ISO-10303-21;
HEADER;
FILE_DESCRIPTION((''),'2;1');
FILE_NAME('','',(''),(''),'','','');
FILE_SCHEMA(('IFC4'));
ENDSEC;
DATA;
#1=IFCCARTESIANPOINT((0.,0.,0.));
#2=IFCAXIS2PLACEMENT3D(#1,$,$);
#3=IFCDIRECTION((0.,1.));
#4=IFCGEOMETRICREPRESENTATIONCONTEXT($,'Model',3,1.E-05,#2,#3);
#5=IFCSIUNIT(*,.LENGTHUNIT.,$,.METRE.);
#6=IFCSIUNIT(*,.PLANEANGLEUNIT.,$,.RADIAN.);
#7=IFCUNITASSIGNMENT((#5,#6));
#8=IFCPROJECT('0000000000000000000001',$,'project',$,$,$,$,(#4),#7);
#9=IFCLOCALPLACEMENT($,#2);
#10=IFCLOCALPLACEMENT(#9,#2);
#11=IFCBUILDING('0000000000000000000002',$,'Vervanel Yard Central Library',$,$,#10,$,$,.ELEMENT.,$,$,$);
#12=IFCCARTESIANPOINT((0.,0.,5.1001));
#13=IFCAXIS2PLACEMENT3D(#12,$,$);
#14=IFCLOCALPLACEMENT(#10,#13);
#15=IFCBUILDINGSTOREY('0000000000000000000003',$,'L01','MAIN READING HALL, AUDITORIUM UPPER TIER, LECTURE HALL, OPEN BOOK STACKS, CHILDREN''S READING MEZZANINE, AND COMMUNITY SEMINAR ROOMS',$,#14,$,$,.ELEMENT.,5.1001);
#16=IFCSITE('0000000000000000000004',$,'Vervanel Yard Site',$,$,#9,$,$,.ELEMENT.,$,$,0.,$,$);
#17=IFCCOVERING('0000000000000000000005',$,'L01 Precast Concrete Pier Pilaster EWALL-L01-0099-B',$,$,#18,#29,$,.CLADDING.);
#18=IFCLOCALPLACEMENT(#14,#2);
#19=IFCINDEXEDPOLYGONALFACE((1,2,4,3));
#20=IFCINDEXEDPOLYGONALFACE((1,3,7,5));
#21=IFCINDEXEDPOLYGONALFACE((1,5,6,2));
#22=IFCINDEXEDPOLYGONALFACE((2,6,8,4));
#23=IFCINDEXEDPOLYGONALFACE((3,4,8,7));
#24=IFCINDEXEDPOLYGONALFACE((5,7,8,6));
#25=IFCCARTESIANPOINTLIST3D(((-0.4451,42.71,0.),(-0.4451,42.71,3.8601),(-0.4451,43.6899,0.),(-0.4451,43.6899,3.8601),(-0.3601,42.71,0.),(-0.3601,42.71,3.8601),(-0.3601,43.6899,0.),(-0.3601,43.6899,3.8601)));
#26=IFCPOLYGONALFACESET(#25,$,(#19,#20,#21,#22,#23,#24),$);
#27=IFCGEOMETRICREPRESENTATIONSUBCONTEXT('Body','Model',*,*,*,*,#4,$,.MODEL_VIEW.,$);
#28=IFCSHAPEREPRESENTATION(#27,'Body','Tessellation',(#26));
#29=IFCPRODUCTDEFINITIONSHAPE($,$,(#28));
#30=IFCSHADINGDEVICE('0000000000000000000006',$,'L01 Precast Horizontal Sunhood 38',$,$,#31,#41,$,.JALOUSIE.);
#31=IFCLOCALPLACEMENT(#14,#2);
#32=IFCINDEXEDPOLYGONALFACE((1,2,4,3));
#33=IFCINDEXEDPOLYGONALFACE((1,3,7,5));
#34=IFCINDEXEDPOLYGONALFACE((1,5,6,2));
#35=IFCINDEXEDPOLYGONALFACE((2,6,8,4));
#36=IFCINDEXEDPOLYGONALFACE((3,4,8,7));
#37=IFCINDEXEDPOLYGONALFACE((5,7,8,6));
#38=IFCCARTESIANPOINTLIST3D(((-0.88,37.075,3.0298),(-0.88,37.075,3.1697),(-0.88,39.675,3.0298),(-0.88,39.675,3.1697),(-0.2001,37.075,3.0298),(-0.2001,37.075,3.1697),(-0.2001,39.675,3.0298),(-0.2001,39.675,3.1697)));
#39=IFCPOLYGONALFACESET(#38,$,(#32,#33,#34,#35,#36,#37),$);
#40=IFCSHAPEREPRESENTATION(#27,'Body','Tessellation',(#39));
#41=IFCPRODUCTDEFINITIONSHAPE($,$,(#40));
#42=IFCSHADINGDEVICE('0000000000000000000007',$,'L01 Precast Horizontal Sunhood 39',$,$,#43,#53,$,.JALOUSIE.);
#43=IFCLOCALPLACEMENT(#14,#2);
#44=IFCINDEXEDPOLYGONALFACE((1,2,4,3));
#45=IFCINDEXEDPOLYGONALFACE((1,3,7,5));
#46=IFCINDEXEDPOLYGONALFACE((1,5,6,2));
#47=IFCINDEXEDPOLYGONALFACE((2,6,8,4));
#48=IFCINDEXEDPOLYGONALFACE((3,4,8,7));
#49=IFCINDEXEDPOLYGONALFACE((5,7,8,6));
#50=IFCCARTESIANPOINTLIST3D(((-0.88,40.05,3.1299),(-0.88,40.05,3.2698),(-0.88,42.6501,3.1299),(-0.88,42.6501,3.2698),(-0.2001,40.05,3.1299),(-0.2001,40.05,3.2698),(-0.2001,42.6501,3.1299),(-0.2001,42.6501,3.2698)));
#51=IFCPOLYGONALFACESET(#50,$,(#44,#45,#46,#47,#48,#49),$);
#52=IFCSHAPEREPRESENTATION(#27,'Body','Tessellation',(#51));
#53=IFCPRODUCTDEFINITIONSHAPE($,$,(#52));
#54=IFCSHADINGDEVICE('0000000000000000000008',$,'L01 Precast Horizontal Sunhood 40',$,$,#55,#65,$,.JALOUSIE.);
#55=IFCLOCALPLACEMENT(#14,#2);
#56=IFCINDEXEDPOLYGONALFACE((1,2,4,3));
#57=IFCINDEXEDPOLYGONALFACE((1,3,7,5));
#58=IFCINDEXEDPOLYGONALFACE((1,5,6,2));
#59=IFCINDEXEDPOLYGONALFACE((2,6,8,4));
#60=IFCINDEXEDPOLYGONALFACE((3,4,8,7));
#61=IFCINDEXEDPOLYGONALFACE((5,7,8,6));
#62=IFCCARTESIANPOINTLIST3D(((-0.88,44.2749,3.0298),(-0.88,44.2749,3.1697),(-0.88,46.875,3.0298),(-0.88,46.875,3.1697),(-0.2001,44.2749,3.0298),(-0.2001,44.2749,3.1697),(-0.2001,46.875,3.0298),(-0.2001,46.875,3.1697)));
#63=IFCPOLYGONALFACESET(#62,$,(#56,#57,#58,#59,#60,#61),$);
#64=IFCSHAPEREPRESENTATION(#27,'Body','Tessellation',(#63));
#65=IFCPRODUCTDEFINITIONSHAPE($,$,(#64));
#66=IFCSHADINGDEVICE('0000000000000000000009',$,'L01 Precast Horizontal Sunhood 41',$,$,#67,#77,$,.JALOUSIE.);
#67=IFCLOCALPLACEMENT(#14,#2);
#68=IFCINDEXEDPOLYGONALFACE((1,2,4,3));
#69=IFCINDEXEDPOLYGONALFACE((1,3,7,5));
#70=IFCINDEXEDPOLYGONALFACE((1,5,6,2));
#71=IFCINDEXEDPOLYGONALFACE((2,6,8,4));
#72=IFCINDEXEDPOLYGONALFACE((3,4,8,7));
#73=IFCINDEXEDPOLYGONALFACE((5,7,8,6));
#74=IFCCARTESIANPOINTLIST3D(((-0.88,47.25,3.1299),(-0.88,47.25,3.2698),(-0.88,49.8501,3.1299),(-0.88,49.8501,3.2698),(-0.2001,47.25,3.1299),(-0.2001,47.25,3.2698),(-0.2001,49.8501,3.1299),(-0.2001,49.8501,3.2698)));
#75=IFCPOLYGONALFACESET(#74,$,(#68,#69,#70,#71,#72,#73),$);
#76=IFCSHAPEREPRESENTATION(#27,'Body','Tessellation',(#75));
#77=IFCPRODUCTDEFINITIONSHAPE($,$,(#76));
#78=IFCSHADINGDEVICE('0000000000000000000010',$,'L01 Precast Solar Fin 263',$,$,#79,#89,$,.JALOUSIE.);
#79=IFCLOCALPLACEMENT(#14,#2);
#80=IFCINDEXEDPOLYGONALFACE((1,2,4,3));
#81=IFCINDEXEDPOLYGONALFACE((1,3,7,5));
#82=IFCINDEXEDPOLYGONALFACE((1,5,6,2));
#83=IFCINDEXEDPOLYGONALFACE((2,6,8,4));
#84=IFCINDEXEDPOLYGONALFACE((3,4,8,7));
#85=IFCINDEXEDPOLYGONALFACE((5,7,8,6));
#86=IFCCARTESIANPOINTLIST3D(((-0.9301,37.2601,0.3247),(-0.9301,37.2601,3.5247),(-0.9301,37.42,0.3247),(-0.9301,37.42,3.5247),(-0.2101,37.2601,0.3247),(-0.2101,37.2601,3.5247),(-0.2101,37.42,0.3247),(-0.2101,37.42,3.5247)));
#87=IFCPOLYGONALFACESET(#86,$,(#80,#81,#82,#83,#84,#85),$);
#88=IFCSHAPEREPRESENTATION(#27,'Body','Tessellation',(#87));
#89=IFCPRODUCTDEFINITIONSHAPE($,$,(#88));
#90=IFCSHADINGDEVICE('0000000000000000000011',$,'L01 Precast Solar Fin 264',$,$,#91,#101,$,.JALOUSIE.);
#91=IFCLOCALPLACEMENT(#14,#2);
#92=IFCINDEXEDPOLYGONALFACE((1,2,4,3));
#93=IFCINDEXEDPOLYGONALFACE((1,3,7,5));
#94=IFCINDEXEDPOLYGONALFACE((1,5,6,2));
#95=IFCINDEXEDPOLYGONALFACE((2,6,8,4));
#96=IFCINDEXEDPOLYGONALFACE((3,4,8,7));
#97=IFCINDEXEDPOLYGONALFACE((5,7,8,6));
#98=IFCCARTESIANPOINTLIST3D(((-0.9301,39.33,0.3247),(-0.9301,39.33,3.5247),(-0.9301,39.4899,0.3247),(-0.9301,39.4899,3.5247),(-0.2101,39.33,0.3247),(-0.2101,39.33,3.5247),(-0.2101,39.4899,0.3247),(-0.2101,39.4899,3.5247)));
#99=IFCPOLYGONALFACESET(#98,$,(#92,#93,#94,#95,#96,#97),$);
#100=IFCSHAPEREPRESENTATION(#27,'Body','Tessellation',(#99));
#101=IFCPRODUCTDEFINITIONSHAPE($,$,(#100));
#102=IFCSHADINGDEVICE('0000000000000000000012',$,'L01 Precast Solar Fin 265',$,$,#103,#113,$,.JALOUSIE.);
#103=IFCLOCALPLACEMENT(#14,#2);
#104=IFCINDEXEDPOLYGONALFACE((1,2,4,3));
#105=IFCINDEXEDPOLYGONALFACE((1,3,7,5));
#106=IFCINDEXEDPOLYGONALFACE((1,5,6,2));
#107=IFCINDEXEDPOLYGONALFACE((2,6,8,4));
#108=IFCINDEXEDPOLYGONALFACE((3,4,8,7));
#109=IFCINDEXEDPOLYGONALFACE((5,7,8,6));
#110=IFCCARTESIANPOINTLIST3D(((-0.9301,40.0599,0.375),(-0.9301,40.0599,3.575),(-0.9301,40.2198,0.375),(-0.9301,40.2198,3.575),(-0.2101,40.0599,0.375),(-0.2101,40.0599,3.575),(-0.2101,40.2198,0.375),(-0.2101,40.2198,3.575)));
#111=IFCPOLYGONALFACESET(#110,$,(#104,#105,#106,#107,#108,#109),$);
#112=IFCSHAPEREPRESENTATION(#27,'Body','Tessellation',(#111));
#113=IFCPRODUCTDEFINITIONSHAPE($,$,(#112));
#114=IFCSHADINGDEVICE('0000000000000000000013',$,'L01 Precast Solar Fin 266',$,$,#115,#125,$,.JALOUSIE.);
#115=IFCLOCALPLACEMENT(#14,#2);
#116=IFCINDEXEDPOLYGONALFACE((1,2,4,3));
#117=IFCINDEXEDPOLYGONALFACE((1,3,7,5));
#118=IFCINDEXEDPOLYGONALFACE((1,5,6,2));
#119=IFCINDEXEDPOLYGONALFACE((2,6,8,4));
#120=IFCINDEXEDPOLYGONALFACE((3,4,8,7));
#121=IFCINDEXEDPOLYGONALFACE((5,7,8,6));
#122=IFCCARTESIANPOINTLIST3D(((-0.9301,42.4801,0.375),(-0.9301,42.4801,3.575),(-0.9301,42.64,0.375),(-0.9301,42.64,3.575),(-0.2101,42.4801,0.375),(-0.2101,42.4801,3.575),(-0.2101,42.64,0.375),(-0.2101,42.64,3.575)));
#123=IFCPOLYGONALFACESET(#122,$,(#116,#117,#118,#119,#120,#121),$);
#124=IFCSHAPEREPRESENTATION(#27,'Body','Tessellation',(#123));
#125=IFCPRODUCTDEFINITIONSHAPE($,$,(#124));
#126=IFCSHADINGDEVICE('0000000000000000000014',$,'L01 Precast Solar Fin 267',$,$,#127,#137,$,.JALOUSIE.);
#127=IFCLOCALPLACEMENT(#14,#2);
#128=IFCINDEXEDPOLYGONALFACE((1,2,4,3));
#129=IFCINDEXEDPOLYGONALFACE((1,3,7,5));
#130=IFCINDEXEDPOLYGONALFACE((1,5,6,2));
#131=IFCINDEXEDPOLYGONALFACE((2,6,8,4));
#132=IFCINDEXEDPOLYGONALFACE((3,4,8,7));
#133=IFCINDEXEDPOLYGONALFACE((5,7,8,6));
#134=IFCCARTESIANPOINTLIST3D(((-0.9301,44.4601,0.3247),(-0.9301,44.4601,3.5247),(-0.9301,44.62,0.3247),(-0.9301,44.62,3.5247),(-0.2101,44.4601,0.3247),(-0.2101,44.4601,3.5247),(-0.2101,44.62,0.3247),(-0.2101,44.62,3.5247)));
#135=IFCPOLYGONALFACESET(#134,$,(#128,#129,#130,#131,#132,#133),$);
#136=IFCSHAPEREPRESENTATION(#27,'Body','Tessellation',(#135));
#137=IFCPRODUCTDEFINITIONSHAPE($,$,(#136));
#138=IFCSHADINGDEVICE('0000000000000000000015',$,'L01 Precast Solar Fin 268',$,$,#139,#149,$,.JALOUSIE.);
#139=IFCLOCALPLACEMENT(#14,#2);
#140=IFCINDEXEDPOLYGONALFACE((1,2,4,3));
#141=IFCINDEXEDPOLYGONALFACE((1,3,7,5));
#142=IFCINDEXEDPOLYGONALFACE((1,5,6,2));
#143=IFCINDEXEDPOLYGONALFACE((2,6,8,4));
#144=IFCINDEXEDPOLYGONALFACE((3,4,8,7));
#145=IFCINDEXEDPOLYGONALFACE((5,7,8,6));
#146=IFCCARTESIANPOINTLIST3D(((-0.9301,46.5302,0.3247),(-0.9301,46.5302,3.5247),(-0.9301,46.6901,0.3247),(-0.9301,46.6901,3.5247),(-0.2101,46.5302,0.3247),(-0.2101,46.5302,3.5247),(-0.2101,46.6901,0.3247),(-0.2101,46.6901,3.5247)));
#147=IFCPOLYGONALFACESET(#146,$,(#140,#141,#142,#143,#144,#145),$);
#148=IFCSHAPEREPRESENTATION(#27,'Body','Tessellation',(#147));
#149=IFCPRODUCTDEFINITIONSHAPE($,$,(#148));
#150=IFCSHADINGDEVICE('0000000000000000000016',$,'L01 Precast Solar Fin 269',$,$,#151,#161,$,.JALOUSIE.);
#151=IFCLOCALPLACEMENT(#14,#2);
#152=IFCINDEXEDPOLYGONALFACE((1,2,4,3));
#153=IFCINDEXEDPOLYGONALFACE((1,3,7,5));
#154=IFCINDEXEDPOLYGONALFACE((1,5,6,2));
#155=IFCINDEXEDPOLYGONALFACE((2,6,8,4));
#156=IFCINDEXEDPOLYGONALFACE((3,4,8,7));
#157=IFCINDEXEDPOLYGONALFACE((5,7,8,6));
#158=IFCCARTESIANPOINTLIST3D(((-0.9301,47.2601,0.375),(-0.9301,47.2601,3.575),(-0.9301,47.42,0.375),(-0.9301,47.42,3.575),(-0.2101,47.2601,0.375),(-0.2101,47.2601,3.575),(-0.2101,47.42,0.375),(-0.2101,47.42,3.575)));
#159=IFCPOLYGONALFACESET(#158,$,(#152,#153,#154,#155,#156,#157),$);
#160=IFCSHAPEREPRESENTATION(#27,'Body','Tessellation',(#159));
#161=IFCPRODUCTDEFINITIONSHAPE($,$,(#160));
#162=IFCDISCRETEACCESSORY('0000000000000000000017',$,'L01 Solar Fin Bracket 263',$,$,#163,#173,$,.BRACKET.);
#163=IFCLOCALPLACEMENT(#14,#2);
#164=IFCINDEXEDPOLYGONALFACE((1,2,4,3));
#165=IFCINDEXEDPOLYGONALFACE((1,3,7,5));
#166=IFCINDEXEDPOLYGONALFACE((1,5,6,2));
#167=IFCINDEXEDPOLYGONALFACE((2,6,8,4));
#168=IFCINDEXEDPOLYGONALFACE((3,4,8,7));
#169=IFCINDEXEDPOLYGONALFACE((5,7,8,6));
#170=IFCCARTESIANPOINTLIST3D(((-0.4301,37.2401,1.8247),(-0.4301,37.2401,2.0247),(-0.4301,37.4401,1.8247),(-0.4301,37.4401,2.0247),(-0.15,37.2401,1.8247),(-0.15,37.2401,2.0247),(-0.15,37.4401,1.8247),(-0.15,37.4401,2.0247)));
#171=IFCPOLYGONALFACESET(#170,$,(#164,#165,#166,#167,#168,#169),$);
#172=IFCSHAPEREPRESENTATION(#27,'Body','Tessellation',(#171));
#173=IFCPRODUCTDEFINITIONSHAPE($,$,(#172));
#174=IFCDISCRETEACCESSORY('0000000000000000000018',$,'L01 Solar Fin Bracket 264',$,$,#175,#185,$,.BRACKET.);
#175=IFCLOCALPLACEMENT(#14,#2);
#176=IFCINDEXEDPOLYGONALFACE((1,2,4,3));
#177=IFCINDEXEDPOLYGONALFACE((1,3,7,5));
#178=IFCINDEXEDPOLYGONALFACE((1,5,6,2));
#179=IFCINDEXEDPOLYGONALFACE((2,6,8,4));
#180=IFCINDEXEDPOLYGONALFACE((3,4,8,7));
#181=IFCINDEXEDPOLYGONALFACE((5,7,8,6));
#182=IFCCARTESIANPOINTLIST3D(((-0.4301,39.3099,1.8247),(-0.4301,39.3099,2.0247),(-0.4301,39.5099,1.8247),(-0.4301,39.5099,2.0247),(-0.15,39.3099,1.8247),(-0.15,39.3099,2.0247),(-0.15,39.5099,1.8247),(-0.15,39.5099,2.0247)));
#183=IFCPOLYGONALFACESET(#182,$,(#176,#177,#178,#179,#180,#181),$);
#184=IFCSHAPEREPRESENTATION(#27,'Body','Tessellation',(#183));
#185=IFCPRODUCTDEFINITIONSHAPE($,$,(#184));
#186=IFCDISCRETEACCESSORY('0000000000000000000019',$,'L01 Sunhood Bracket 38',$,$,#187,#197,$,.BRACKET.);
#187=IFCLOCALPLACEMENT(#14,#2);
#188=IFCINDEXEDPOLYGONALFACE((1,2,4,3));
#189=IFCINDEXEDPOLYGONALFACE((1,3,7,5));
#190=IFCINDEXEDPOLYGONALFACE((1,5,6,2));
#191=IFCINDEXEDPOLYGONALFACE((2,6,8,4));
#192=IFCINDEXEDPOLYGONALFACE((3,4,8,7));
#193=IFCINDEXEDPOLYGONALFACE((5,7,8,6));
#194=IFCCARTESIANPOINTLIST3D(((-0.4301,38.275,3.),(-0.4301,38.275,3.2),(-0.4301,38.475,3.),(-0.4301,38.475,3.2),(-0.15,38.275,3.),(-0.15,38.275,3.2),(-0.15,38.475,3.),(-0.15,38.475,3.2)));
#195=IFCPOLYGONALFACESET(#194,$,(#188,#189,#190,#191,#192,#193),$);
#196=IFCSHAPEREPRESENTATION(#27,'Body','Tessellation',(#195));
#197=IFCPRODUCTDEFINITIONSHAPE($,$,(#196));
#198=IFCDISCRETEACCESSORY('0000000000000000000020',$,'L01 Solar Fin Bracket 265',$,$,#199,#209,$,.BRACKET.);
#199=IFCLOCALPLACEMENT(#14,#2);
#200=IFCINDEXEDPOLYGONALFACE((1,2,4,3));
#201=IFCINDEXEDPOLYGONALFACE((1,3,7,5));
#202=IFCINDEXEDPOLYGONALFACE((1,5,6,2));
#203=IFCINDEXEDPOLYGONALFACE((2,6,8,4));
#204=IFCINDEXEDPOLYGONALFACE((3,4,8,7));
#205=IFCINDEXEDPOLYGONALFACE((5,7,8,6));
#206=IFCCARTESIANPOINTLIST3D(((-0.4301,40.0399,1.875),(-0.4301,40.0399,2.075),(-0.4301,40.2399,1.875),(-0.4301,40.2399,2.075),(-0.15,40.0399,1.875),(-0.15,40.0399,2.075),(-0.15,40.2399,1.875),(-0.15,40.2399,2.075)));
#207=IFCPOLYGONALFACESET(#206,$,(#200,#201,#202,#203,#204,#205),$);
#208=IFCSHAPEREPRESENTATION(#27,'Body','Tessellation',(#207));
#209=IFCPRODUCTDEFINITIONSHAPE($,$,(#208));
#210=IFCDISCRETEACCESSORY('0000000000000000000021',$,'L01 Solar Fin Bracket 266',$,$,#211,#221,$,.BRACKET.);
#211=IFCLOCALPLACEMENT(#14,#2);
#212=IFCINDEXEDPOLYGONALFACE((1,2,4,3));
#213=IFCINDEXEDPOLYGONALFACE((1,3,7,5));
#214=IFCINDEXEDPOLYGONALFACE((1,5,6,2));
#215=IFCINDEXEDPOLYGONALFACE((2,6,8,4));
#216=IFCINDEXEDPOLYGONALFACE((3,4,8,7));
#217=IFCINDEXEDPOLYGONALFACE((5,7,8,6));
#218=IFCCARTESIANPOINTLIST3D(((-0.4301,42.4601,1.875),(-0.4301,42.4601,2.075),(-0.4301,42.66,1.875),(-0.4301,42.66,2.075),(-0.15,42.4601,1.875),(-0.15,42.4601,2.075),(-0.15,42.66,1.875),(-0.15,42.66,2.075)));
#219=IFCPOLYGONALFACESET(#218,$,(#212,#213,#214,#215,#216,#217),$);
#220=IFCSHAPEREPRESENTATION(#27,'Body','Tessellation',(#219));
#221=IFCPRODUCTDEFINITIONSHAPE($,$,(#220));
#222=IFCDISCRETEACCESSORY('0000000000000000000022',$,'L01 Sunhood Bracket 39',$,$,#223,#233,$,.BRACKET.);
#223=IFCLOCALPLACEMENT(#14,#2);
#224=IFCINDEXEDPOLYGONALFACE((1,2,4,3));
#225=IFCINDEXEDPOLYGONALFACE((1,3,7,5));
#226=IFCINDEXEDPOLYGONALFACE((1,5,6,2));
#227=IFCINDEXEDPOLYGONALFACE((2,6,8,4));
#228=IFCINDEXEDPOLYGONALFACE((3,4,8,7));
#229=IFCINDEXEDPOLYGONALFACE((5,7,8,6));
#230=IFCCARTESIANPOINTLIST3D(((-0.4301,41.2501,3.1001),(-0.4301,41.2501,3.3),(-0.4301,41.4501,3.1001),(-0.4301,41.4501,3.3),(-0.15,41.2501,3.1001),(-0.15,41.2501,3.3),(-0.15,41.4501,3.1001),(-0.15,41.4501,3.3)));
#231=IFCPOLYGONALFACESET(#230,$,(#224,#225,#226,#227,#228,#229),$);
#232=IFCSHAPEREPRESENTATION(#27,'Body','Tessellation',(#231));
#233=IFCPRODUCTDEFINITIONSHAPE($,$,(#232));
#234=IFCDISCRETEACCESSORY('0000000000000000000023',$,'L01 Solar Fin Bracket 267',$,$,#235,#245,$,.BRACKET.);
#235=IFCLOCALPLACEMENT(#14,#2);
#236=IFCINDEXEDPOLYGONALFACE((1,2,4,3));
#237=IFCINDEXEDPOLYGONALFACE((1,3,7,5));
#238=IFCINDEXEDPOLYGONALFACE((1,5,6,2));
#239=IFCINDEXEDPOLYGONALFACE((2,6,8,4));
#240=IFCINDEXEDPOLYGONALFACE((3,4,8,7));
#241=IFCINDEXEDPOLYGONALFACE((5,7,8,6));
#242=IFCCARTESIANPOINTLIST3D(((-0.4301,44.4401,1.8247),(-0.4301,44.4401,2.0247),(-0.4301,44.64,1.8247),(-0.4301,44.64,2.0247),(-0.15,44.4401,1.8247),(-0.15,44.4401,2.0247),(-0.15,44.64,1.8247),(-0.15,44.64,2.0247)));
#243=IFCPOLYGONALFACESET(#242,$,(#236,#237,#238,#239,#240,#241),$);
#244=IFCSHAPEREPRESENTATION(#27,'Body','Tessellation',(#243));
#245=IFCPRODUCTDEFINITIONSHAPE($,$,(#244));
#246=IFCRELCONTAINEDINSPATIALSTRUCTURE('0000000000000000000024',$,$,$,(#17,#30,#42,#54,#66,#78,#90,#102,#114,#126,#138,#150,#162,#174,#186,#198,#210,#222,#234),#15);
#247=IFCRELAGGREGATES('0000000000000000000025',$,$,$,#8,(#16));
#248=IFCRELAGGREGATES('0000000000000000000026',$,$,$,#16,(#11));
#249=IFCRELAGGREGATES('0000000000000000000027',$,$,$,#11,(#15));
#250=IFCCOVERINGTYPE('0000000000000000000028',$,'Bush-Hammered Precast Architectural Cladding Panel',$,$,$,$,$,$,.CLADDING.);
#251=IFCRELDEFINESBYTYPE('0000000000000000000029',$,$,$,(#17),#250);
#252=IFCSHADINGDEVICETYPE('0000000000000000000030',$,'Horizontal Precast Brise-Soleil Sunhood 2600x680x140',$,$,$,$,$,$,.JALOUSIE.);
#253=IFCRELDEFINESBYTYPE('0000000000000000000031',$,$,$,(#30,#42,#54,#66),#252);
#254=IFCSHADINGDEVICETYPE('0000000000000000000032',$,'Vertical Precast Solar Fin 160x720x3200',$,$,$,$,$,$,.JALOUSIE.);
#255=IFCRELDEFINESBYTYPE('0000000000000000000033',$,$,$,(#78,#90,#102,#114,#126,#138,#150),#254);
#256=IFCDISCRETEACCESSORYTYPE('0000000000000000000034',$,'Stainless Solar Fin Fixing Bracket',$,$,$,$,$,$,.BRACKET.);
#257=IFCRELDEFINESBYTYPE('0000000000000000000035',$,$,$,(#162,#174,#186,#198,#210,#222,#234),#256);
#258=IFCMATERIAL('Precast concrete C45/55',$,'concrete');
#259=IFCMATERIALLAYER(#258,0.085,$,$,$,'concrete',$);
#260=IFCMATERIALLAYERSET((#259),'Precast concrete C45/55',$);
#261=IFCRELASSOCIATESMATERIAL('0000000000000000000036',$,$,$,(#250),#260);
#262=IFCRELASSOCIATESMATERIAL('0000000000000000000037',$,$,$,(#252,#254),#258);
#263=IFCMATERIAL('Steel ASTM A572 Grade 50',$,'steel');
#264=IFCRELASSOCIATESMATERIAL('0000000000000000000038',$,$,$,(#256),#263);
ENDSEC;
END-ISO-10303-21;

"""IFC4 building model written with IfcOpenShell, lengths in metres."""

from ifc_helpers import new_model, si_unit, direction, frame, origin, origin_2d, place, context, subcontext, project, spatial, rectangle, extrude, material, layer, layer_set, type_object, element, save


model = new_model("IFC4")

# Units and contexts
model_context = context("Model", 3, precision=1e-05, world=origin(), true_north=direction((0.0, 1.0)))
body_context = subcontext(model_context, "Body", "Model", "MODEL_VIEW")
ifc_project = project(units=[si_unit("LENGTHUNIT", "METRE"), si_unit("PLANEANGLEUNIT", "RADIAN")], contexts=[model_context])

# Site, building, storey
site_placement = place(None, origin())
site = spatial("IfcSite", under=ifc_project, at=site_placement, Name="Vervanel Yard Site", CompositionType="ELEMENT", RefElevation=0.0)
building_placement = place(site_placement, origin())
building = spatial("IfcBuilding", under=site, at=building_placement, Name="Vervanel Yard Central Library", CompositionType="ELEMENT")
storey_placement = place(building_placement, frame((0.0, 0.0, 5.1001)))
storey = spatial("IfcBuildingStorey", under=building, at=storey_placement, Name="L01", Description="MAIN READING HALL, AUDITORIUM UPPER TIER, LECTURE HALL, OPEN BOOK STACKS, CHILDREN'S READING MEZZANINE, AND COMMUNITY SEMINAR ROOMS", CompositionType="ELEMENT", Elevation=5.1001)

# Covering
ifc_material_1 = material(Name="Precast concrete C45/55", Category="concrete")
ifc_layer = layer(ifc_material_1, 0.085, Category="concrete")
ifc_layer_set = layer_set([ifc_layer], Name="Precast concrete C45/55")
covering_type = type_object("IfcCoveringType", Name="Bush-Hammered Precast Architectural Cladding Panel", PredefinedType="CLADDING", material=ifc_layer_set)
covering_placement = place(storey_placement, frame((-0.4026, 43.2, 0.0), z_axis=(0.0, 0.0, 1.0), x_axis=(0.0, 1.0, 0.0)))
element("IfcCovering", 1, at=covering_placement, inside=storey, type_object=covering_type, Name="L01 Precast Concrete Pier Pilaster EWALL-L01-0099-B", PredefinedType="CLADDING", context=body_context, shape_type="SweptSolid", body=[
    extrude(rectangle(XDim=0.98, YDim=0.085, at=origin_2d()), origin(), (0.0, 0.0, 1.0), 3.8601),
])

# Shading devices
shading_device_type_1 = type_object("IfcShadingDeviceType", Name="Horizontal Precast Brise-Soleil Sunhood 2600x680x140", PredefinedType="JALOUSIE", material=ifc_material_1)
for number, where, z_axis, x_axis, name in (
    (2, (-0.54, 38.375, 3.0298), (0.0, 0.0, 1.0), (0.0, 1.0, 0.0), "L01 Precast Horizontal Sunhood 38"),
    (3, (-0.54, 41.3501, 3.1299), (0.0, 0.0, 1.0), (0.0, 1.0, 0.0), "L01 Precast Horizontal Sunhood 39"),
    (4, (-0.54, 45.575, 3.0298), (0.0, 0.0, 1.0), (0.0, 1.0, 0.0), "L01 Precast Horizontal Sunhood 40"),
    (5, (-0.54, 48.55, 3.1299), (0.0, 0.0, 1.0), (0.0, 1.0, 0.0), "L01 Precast Horizontal Sunhood 41"),
):
    element("IfcShadingDevice", number, at=place(storey_placement, frame(where, z_axis=z_axis, x_axis=x_axis)), inside=storey, type_object=shading_device_type_1, Name=name, PredefinedType="JALOUSIE", context=body_context, shape_type="SweptSolid", body=[
        extrude(rectangle(XDim=2.6001, YDim=0.6799, at=origin_2d()), origin(), (0.0, 0.0, 1.0), 0.1399),
    ])
shading_device_type_2 = type_object("IfcShadingDeviceType", Name="Vertical Precast Solar Fin 160x720x3200", PredefinedType="JALOUSIE", material=ifc_material_1)
for number, where, z_axis, x_axis, name in (
    (6, (-0.5701, 37.3401, 0.3247), (0.0, 0.0, 1.0), (0.0, 1.0, 0.0), "L01 Precast Solar Fin 263"),
    (7, (-0.5701, 39.4099, 0.3247), (0.0, 0.0, 1.0), (0.0, 1.0, 0.0), "L01 Precast Solar Fin 264"),
    (8, (-0.5701, 40.1399, 0.375), (0.0, 0.0, 1.0), (0.0, 1.0, 0.0), "L01 Precast Solar Fin 265"),
    (9, (-0.5701, 42.5601, 0.375), (0.0, 0.0, 1.0), (0.0, 1.0, 0.0), "L01 Precast Solar Fin 266"),
    (10, (-0.5701, 44.54, 0.3247), (0.0, 0.0, 1.0), (0.0, 1.0, 0.0), "L01 Precast Solar Fin 267"),
    (11, (-0.5701, 46.6101, 0.3247), (0.0, 0.0, 1.0), (0.0, 1.0, 0.0), "L01 Precast Solar Fin 268"),
    (12, (-0.5701, 47.3401, 0.375), (0.0, 0.0, 1.0), (0.0, 1.0, 0.0), "L01 Precast Solar Fin 269"),
):
    element("IfcShadingDevice", number, at=place(storey_placement, frame(where, z_axis=z_axis, x_axis=x_axis)), inside=storey, type_object=shading_device_type_2, Name=name, PredefinedType="JALOUSIE", context=body_context, shape_type="SweptSolid", body=[
        extrude(rectangle(XDim=0.1599, YDim=0.72, at=origin_2d()), origin(), (0.0, 0.0, 1.0), 3.2),
    ])

# Discrete accessories
ifc_material_2 = material(Name="Steel ASTM A572 Grade 50", Category="steel")
discrete_accessory_type = type_object("IfcDiscreteAccessoryType", Name="Stainless Solar Fin Fixing Bracket", PredefinedType="BRACKET", material=ifc_material_2)
for number, where, z_axis, x_axis, name in (
    (13, (-0.29, 37.3401, 1.8247), (0.0, 0.0, 1.0), (0.0, 1.0, 0.0), "L01 Solar Fin Bracket 263"),
    (14, (-0.29, 39.4099, 1.8247), (0.0, 0.0, 1.0), (0.0, 1.0, 0.0), "L01 Solar Fin Bracket 264"),
    (15, (-0.29, 38.375, 3.0), (0.0, 0.0, 1.0), (0.0, 1.0, 0.0), "L01 Sunhood Bracket 38"),
    (16, (-0.29, 40.1399, 1.875), (0.0, 0.0, 1.0), (0.0, 1.0, 0.0), "L01 Solar Fin Bracket 265"),
    (17, (-0.29, 42.5601, 1.875), (0.0, 0.0, 1.0), (0.0, 1.0, 0.0), "L01 Solar Fin Bracket 266"),
    (18, (-0.29, 41.3501, 3.1001), (0.0, 0.0, 1.0), (0.0, 1.0, 0.0), "L01 Sunhood Bracket 39"),
    (19, (-0.29, 44.54, 1.8247), (0.0, 0.0, 1.0), (0.0, 1.0, 0.0), "L01 Solar Fin Bracket 267"),
):
    element("IfcDiscreteAccessory", number, at=place(storey_placement, frame(where, z_axis=z_axis, x_axis=x_axis)), inside=storey, type_object=discrete_accessory_type, Name=name, PredefinedType="BRACKET", context=body_context, shape_type="SweptSolid", body=[
        extrude(rectangle(XDim=0.2, YDim=0.28, at=origin_2d()), origin(), (0.0, 0.0, 1.0), 0.2),
    ])

save(model, "model.ifc")
